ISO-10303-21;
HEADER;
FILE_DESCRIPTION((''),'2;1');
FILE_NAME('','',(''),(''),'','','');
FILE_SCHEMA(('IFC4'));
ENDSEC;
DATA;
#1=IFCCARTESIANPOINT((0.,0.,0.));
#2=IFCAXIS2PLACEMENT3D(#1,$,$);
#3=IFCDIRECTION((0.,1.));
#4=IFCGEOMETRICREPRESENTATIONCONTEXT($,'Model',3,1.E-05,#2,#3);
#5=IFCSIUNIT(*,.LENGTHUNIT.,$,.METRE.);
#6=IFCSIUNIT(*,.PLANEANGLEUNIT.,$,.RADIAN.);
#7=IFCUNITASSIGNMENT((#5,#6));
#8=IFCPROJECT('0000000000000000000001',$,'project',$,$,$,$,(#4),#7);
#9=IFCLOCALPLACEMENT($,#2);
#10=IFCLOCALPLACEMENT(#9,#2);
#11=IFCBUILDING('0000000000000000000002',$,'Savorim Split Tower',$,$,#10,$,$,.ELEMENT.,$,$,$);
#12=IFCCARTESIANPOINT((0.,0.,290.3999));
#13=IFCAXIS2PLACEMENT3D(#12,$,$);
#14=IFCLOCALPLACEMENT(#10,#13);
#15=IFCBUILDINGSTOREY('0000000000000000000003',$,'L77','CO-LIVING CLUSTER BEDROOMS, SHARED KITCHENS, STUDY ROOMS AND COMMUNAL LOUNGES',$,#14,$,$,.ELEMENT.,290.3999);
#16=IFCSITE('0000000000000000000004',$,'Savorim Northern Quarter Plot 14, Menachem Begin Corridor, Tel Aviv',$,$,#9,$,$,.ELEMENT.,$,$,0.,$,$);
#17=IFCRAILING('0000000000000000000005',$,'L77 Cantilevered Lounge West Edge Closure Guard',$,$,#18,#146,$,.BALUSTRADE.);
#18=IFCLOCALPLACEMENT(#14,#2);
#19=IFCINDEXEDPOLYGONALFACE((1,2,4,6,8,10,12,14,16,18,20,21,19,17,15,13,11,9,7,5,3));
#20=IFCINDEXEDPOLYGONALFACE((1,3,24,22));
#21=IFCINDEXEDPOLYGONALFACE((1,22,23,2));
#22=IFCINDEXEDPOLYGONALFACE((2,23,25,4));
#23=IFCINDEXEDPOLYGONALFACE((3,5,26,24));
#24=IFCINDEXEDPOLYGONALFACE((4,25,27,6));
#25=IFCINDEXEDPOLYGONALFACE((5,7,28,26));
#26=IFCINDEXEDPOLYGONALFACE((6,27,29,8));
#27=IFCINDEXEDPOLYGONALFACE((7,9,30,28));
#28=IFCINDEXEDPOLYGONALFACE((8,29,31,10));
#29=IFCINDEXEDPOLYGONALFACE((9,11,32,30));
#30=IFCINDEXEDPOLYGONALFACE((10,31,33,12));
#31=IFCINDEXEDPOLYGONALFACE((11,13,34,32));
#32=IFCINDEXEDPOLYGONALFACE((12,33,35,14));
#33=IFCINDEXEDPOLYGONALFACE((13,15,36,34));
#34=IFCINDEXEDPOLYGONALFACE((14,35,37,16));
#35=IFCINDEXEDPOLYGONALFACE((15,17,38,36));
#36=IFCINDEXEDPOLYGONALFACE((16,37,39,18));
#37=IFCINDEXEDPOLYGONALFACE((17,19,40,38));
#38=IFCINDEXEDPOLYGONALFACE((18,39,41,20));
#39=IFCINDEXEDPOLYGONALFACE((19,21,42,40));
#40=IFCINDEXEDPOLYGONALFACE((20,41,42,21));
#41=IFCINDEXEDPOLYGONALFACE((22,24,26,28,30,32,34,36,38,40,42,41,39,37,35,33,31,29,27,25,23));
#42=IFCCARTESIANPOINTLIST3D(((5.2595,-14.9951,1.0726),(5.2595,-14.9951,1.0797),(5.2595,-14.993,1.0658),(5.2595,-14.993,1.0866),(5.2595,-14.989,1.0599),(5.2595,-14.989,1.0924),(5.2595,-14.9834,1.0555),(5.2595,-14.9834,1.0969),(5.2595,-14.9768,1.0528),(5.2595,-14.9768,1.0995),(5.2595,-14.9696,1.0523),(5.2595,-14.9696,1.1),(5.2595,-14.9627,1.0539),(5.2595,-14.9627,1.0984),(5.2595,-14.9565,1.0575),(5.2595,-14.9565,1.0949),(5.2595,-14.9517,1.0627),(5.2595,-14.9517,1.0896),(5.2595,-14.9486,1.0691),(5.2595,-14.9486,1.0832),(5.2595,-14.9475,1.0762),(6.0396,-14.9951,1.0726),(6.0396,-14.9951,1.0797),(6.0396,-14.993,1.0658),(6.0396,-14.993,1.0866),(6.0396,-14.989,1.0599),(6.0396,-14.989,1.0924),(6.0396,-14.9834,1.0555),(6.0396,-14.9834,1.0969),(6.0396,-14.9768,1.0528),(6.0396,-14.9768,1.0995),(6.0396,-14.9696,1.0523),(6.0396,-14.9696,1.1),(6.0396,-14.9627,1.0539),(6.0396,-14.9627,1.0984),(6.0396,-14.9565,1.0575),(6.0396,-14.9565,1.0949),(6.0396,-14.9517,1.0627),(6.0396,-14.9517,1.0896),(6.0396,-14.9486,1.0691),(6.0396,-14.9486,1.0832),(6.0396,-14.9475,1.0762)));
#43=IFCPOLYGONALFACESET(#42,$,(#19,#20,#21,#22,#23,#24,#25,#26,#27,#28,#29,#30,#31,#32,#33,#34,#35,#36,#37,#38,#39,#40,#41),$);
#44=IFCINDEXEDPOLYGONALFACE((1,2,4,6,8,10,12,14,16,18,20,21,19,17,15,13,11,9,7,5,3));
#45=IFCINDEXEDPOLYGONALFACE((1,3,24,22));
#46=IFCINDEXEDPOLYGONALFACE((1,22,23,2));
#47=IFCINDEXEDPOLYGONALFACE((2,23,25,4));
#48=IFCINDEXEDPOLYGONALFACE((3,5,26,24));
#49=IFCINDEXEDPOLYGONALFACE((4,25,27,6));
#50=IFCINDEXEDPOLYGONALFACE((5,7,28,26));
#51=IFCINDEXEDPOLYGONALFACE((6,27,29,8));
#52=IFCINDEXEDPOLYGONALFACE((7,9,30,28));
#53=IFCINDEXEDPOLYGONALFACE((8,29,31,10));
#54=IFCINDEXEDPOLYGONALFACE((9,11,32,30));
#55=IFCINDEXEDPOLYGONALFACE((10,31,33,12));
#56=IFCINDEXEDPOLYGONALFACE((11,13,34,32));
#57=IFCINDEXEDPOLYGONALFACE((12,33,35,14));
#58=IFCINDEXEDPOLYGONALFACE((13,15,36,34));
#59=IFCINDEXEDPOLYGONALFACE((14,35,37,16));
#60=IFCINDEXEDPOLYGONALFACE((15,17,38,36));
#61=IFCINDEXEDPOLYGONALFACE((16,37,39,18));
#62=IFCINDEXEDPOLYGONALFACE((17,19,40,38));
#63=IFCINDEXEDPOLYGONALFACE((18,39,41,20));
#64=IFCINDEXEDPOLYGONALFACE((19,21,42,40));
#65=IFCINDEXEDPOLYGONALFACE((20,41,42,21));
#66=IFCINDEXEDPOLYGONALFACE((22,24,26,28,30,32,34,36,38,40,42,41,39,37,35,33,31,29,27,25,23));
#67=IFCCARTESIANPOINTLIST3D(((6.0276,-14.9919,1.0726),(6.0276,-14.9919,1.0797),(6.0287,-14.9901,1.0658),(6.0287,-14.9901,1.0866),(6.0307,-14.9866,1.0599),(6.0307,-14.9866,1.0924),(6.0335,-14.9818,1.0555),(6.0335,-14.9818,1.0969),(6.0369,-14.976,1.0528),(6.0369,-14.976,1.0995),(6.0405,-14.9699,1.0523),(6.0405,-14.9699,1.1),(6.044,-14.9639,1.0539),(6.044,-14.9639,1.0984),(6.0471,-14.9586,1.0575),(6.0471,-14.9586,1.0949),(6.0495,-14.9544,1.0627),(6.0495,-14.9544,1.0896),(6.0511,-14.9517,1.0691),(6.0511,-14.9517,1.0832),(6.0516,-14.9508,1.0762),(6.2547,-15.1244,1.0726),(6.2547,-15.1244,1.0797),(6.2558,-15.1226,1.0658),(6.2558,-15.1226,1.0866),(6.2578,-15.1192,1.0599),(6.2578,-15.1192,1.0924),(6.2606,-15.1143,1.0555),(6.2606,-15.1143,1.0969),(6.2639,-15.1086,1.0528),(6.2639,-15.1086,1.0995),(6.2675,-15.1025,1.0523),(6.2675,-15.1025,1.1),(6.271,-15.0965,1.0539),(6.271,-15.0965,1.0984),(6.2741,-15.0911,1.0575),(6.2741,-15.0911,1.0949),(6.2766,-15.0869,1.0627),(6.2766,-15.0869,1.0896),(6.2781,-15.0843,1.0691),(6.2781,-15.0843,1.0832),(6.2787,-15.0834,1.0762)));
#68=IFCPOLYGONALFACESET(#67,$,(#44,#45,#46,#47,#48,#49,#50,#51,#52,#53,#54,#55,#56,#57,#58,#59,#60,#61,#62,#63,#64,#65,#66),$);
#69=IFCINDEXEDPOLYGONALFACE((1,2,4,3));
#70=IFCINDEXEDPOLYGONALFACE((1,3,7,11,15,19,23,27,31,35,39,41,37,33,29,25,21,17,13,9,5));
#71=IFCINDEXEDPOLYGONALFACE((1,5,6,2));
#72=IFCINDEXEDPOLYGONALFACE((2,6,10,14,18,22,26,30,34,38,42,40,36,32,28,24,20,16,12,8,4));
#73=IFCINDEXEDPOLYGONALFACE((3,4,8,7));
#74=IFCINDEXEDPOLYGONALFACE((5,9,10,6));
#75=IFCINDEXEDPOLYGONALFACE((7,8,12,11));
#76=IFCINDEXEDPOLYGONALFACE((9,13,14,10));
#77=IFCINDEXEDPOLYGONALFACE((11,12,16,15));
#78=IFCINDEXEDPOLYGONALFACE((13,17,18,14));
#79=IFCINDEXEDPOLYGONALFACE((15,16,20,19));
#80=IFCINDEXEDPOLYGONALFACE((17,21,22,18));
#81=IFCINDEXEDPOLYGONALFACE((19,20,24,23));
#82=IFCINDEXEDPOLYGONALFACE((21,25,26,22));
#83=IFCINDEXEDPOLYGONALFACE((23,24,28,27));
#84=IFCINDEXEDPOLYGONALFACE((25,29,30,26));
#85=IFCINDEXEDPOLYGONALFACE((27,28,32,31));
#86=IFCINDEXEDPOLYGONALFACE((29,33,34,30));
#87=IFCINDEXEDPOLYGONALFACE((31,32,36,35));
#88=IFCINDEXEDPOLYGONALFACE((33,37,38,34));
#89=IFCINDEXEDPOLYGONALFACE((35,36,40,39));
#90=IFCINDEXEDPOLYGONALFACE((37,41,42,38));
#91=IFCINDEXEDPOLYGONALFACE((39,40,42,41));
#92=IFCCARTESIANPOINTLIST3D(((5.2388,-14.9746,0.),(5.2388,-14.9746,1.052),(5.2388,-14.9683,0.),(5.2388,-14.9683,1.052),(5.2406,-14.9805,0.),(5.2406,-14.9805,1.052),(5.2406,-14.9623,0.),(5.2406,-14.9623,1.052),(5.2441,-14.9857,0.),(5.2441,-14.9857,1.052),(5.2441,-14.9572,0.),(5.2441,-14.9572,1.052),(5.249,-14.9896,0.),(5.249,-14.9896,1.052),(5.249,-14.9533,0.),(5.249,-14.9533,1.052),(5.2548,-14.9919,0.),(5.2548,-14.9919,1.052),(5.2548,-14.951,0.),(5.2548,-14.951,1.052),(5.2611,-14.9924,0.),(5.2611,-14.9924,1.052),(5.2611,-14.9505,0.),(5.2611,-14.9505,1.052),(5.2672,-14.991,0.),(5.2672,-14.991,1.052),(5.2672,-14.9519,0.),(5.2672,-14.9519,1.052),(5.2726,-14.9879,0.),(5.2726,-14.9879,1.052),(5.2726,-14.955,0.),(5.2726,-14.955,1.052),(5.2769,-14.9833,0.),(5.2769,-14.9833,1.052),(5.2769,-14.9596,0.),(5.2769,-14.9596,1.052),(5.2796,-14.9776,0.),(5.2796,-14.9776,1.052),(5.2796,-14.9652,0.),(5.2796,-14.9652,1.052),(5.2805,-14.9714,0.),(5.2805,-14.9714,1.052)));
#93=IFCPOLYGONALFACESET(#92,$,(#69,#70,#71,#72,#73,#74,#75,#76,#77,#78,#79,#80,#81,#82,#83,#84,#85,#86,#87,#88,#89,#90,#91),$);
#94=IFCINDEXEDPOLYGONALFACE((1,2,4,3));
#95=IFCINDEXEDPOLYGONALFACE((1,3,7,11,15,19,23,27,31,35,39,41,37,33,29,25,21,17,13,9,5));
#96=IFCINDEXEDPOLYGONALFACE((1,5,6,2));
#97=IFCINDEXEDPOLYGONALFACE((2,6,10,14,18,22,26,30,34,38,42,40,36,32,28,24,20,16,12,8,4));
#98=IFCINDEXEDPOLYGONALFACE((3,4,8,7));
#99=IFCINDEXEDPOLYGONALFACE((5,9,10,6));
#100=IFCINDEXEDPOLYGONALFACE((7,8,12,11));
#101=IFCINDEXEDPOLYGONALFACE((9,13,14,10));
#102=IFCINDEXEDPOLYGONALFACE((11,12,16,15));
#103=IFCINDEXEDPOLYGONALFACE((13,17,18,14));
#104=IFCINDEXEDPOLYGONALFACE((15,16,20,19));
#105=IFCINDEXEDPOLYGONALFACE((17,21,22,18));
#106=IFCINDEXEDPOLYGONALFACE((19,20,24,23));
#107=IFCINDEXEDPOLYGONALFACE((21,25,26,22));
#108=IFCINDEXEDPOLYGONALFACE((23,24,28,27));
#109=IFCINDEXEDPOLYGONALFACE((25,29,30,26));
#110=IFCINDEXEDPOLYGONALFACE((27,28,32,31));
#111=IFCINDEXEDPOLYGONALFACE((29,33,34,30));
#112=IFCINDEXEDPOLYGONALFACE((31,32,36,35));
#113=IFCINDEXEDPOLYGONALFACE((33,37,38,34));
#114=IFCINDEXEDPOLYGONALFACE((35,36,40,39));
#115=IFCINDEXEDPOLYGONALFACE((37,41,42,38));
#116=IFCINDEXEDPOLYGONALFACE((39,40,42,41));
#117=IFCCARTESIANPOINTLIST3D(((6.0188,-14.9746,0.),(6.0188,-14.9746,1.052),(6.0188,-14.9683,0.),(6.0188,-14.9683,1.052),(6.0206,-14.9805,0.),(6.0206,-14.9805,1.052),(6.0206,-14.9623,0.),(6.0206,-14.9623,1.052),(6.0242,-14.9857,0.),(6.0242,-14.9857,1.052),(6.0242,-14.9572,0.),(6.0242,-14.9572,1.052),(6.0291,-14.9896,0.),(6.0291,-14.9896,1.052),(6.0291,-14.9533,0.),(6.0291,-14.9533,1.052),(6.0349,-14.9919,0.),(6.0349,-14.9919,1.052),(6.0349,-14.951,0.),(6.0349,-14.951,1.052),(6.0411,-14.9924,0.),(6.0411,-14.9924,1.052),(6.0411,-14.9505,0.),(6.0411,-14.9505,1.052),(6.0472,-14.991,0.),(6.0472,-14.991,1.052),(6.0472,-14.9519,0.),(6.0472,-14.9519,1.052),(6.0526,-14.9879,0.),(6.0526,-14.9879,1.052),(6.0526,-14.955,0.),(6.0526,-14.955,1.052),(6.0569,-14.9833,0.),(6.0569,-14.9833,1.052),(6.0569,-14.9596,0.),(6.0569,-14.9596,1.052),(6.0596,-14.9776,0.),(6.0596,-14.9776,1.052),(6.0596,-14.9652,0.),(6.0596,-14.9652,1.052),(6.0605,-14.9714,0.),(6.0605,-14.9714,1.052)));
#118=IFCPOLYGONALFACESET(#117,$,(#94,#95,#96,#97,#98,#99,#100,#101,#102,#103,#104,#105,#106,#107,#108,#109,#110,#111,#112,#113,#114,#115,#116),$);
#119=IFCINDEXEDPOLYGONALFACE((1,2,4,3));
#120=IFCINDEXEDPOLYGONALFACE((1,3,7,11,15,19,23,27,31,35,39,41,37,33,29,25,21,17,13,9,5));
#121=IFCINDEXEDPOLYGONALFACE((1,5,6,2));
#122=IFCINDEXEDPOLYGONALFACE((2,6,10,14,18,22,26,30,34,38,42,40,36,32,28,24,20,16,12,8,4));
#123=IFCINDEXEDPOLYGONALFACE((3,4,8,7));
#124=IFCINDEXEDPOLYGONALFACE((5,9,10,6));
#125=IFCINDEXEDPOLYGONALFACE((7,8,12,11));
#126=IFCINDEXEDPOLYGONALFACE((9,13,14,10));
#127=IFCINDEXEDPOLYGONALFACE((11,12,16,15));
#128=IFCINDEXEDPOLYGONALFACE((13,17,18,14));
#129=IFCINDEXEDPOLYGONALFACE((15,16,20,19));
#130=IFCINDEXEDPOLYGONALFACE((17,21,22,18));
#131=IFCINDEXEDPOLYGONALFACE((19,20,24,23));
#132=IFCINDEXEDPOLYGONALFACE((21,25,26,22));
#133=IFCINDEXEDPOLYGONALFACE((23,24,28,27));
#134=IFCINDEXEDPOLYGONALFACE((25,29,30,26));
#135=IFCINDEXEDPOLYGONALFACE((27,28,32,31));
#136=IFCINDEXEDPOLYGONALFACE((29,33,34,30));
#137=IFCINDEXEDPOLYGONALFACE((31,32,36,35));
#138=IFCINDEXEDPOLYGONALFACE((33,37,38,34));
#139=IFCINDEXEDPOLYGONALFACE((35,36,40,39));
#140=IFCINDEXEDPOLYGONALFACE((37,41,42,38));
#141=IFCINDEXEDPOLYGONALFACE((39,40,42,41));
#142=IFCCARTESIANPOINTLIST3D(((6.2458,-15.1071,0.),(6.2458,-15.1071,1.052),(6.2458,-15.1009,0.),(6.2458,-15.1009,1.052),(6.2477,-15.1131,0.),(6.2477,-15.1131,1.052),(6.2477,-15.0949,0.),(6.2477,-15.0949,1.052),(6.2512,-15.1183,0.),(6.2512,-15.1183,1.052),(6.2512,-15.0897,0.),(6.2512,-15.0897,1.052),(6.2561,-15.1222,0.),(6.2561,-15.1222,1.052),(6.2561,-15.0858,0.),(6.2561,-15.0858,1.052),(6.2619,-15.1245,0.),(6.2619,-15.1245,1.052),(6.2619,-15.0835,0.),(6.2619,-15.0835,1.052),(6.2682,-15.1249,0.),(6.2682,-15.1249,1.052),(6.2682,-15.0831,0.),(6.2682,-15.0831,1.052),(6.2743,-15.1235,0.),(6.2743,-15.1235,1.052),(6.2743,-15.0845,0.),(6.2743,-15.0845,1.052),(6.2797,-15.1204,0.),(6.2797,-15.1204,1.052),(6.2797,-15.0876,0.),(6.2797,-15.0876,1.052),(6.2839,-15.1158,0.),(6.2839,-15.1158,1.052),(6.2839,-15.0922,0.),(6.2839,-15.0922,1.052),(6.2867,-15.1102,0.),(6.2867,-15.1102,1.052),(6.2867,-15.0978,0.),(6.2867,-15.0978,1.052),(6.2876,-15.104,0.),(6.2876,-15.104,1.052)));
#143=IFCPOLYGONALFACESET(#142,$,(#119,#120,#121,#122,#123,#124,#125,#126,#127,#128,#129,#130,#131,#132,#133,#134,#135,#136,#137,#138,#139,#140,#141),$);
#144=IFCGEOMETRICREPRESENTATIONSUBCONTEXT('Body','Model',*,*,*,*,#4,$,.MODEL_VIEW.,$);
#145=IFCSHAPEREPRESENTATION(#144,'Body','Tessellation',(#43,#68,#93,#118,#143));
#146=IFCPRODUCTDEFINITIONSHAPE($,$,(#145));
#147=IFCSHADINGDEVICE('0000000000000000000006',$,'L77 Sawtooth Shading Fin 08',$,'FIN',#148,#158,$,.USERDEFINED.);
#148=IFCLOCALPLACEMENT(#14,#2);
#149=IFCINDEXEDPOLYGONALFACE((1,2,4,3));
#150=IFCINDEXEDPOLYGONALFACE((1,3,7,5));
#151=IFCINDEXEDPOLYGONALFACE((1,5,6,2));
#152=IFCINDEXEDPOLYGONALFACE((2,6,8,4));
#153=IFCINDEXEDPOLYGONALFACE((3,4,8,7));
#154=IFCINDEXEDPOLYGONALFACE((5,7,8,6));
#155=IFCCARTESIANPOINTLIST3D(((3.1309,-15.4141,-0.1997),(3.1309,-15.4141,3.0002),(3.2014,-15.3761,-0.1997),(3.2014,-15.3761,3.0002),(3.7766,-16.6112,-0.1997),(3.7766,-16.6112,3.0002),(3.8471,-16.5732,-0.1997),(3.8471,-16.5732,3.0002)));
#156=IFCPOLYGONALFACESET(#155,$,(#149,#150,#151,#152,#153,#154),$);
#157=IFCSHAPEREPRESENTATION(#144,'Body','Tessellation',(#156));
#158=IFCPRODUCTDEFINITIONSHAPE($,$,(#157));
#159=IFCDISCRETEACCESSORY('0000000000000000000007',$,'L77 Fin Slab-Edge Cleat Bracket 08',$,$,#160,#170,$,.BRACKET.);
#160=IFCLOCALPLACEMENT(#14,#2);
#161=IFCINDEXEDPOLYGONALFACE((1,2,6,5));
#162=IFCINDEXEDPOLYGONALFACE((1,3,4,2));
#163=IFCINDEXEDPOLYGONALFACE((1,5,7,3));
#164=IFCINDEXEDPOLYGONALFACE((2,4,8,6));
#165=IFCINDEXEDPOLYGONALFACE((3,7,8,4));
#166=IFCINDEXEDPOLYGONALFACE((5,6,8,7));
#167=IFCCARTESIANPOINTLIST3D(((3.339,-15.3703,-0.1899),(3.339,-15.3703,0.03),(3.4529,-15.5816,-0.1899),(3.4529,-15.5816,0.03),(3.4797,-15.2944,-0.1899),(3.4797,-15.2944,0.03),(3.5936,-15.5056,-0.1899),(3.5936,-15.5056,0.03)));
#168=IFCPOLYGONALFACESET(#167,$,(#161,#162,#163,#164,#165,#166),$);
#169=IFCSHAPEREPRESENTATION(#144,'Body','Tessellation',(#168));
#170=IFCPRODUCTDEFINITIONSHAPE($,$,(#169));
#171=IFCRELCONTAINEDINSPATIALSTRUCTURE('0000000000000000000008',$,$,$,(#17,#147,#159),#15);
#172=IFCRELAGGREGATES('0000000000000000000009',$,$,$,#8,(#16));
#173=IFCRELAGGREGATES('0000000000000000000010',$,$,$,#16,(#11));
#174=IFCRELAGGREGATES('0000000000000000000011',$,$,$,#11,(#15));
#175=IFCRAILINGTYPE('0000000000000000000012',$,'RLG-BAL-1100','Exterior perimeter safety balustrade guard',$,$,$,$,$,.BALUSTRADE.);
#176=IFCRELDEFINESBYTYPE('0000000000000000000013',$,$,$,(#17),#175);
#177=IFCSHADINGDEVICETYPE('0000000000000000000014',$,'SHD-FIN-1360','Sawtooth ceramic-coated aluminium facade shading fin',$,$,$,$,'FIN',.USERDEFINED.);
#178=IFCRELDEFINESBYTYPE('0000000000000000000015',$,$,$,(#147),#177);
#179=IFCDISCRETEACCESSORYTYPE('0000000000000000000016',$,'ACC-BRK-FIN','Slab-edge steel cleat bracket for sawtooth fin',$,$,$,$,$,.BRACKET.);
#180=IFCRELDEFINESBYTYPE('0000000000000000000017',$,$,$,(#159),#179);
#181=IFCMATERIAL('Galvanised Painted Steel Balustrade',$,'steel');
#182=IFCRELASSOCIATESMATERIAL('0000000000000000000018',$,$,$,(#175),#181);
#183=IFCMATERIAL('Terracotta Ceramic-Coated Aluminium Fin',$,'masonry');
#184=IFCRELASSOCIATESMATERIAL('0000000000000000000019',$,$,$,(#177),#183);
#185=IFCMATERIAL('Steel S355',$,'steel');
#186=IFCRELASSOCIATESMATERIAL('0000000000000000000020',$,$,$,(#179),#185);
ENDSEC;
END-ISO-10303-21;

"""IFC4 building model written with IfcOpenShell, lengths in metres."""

from ifc_helpers import new_model, si_unit, direction, frame, origin, origin_2d, place, context, subcontext, project, spatial, rectangle, circle, extrude, material, type_object, element, save


model = new_model("IFC4")

# Units and contexts
model_context = context("Model", 3, precision=1e-05, world=origin(), true_north=direction((0.0, 1.0)))
body_context = subcontext(model_context, "Body", "Model", "MODEL_VIEW")
ifc_project = project(units=[si_unit("LENGTHUNIT", "METRE"), si_unit("PLANEANGLEUNIT", "RADIAN")], contexts=[model_context])

# Site, building, storey
site_placement = place(None, origin())
site = spatial("IfcSite", under=ifc_project, at=site_placement, Name="Savorim Northern Quarter Plot 14, Menachem Begin Corridor, Tel Aviv", CompositionType="ELEMENT", RefElevation=0.0)
building_placement = place(site_placement, origin())
building = spatial("IfcBuilding", under=site, at=building_placement, Name="Savorim Split Tower", CompositionType="ELEMENT")
storey_placement = place(building_placement, frame((0.0, 0.0, 290.3999)))
storey = spatial("IfcBuildingStorey", under=building, at=storey_placement, Name="L77", Description="CO-LIVING CLUSTER BEDROOMS, SHARED KITCHENS, STUDY ROOMS AND COMMUNAL LOUNGES", CompositionType="ELEMENT", Elevation=290.3999)

# Shared definitions
ifc_material_1 = material(Name="Steel S355", Category="steel")

# Railing
ifc_material_2 = material(Name="Galvanised Painted Steel Balustrade", Category="steel")
railing_type = type_object("IfcRailingType", Name="RLG-BAL-1100", Description="Exterior perimeter safety balustrade guard", PredefinedType="BALUSTRADE", material=ifc_material_2)
railing_placement = place(storey_placement, frame((5.2595, -14.9714, 0.0)))
element("IfcRailing", 1, at=railing_placement, inside=storey, type_object=railing_type, Name="L77 Cantilevered Lounge West Edge Closure Guard", PredefinedType="BALUSTRADE", context=body_context, shape_type="SweptSolid", body=[
    extrude(circle(Radius=0.0239, at=origin_2d()), frame((0.0, 0.0, 1.0762), z_axis=(1.0, 0.0, 0.0), x_axis=(0.0, 1.0, 0.0)), (0.0, 0.0, 1.0), 0.78),
    extrude(circle(Radius=0.0239, at=origin_2d()), frame((0.78, 0.0, 1.0762), z_axis=(0.863577, -0.504217, 0.0), x_axis=(0.504217, 0.863577, 0.0)), (0.0, 0.0, 1.0), 0.2629),
    extrude(circle(Radius=0.021, at=origin_2d()), origin(), (0.0, 0.0, 1.0), 1.052),
    extrude(circle(Radius=0.021, at=origin_2d()), frame((0.78, 0.0, 0.0)), (0.0, 0.0, 1.0), 1.052),
    extrude(circle(Radius=0.021, at=origin_2d()), frame((1.0071, -0.1326, 0.0)), (0.0, 0.0, 1.0), 1.052),
])

# Shading device
ifc_material_3 = material(Name="Terracotta Ceramic-Coated Aluminium Fin", Category="masonry")
shading_device_type = type_object("IfcShadingDeviceType", Name="SHD-FIN-1360", Description="Sawtooth ceramic-coated aluminium facade shading fin", ElementType="FIN", PredefinedType="USERDEFINED", material=ifc_material_3)
shading_device_placement = place(storey_placement, frame((3.489, -15.9937, -0.1997), z_axis=(0.0, 0.0, 1.0), x_axis=(0.474778, -0.880106, 0.0)))
element("IfcShadingDevice", 2, at=shading_device_placement, inside=storey, type_object=shading_device_type, Name="L77 Sawtooth Shading Fin 08", ObjectType="FIN", PredefinedType="USERDEFINED", context=body_context, shape_type="SweptSolid", body=[
    extrude(rectangle(XDim=1.3601, YDim=0.0801, at=origin_2d()), origin(), (0.0, 0.0, 1.0), 3.2),
])

# Discrete accessory
discrete_accessory_type = type_object("IfcDiscreteAccessoryType", Name="ACC-BRK-FIN", Description="Slab-edge steel cleat bracket for sawtooth fin", PredefinedType="BRACKET", material=ifc_material_1)
discrete_accessory_placement = place(storey_placement, frame((3.4663, -15.438, -0.1899), z_axis=(0.0, 0.0, 1.0), x_axis=(0.474778, -0.880106, 0.0)))
element("IfcDiscreteAccessory", 3, at=discrete_accessory_placement, inside=storey, type_object=discrete_accessory_type, Name="L77 Fin Slab-Edge Cleat Bracket 08", PredefinedType="BRACKET", context=body_context, shape_type="SweptSolid", body=[
    extrude(rectangle(XDim=0.24, YDim=0.1599, at=origin_2d()), origin(), (0.0, 0.0, 1.0), 0.22),
])

save(model, "model.ifc")
